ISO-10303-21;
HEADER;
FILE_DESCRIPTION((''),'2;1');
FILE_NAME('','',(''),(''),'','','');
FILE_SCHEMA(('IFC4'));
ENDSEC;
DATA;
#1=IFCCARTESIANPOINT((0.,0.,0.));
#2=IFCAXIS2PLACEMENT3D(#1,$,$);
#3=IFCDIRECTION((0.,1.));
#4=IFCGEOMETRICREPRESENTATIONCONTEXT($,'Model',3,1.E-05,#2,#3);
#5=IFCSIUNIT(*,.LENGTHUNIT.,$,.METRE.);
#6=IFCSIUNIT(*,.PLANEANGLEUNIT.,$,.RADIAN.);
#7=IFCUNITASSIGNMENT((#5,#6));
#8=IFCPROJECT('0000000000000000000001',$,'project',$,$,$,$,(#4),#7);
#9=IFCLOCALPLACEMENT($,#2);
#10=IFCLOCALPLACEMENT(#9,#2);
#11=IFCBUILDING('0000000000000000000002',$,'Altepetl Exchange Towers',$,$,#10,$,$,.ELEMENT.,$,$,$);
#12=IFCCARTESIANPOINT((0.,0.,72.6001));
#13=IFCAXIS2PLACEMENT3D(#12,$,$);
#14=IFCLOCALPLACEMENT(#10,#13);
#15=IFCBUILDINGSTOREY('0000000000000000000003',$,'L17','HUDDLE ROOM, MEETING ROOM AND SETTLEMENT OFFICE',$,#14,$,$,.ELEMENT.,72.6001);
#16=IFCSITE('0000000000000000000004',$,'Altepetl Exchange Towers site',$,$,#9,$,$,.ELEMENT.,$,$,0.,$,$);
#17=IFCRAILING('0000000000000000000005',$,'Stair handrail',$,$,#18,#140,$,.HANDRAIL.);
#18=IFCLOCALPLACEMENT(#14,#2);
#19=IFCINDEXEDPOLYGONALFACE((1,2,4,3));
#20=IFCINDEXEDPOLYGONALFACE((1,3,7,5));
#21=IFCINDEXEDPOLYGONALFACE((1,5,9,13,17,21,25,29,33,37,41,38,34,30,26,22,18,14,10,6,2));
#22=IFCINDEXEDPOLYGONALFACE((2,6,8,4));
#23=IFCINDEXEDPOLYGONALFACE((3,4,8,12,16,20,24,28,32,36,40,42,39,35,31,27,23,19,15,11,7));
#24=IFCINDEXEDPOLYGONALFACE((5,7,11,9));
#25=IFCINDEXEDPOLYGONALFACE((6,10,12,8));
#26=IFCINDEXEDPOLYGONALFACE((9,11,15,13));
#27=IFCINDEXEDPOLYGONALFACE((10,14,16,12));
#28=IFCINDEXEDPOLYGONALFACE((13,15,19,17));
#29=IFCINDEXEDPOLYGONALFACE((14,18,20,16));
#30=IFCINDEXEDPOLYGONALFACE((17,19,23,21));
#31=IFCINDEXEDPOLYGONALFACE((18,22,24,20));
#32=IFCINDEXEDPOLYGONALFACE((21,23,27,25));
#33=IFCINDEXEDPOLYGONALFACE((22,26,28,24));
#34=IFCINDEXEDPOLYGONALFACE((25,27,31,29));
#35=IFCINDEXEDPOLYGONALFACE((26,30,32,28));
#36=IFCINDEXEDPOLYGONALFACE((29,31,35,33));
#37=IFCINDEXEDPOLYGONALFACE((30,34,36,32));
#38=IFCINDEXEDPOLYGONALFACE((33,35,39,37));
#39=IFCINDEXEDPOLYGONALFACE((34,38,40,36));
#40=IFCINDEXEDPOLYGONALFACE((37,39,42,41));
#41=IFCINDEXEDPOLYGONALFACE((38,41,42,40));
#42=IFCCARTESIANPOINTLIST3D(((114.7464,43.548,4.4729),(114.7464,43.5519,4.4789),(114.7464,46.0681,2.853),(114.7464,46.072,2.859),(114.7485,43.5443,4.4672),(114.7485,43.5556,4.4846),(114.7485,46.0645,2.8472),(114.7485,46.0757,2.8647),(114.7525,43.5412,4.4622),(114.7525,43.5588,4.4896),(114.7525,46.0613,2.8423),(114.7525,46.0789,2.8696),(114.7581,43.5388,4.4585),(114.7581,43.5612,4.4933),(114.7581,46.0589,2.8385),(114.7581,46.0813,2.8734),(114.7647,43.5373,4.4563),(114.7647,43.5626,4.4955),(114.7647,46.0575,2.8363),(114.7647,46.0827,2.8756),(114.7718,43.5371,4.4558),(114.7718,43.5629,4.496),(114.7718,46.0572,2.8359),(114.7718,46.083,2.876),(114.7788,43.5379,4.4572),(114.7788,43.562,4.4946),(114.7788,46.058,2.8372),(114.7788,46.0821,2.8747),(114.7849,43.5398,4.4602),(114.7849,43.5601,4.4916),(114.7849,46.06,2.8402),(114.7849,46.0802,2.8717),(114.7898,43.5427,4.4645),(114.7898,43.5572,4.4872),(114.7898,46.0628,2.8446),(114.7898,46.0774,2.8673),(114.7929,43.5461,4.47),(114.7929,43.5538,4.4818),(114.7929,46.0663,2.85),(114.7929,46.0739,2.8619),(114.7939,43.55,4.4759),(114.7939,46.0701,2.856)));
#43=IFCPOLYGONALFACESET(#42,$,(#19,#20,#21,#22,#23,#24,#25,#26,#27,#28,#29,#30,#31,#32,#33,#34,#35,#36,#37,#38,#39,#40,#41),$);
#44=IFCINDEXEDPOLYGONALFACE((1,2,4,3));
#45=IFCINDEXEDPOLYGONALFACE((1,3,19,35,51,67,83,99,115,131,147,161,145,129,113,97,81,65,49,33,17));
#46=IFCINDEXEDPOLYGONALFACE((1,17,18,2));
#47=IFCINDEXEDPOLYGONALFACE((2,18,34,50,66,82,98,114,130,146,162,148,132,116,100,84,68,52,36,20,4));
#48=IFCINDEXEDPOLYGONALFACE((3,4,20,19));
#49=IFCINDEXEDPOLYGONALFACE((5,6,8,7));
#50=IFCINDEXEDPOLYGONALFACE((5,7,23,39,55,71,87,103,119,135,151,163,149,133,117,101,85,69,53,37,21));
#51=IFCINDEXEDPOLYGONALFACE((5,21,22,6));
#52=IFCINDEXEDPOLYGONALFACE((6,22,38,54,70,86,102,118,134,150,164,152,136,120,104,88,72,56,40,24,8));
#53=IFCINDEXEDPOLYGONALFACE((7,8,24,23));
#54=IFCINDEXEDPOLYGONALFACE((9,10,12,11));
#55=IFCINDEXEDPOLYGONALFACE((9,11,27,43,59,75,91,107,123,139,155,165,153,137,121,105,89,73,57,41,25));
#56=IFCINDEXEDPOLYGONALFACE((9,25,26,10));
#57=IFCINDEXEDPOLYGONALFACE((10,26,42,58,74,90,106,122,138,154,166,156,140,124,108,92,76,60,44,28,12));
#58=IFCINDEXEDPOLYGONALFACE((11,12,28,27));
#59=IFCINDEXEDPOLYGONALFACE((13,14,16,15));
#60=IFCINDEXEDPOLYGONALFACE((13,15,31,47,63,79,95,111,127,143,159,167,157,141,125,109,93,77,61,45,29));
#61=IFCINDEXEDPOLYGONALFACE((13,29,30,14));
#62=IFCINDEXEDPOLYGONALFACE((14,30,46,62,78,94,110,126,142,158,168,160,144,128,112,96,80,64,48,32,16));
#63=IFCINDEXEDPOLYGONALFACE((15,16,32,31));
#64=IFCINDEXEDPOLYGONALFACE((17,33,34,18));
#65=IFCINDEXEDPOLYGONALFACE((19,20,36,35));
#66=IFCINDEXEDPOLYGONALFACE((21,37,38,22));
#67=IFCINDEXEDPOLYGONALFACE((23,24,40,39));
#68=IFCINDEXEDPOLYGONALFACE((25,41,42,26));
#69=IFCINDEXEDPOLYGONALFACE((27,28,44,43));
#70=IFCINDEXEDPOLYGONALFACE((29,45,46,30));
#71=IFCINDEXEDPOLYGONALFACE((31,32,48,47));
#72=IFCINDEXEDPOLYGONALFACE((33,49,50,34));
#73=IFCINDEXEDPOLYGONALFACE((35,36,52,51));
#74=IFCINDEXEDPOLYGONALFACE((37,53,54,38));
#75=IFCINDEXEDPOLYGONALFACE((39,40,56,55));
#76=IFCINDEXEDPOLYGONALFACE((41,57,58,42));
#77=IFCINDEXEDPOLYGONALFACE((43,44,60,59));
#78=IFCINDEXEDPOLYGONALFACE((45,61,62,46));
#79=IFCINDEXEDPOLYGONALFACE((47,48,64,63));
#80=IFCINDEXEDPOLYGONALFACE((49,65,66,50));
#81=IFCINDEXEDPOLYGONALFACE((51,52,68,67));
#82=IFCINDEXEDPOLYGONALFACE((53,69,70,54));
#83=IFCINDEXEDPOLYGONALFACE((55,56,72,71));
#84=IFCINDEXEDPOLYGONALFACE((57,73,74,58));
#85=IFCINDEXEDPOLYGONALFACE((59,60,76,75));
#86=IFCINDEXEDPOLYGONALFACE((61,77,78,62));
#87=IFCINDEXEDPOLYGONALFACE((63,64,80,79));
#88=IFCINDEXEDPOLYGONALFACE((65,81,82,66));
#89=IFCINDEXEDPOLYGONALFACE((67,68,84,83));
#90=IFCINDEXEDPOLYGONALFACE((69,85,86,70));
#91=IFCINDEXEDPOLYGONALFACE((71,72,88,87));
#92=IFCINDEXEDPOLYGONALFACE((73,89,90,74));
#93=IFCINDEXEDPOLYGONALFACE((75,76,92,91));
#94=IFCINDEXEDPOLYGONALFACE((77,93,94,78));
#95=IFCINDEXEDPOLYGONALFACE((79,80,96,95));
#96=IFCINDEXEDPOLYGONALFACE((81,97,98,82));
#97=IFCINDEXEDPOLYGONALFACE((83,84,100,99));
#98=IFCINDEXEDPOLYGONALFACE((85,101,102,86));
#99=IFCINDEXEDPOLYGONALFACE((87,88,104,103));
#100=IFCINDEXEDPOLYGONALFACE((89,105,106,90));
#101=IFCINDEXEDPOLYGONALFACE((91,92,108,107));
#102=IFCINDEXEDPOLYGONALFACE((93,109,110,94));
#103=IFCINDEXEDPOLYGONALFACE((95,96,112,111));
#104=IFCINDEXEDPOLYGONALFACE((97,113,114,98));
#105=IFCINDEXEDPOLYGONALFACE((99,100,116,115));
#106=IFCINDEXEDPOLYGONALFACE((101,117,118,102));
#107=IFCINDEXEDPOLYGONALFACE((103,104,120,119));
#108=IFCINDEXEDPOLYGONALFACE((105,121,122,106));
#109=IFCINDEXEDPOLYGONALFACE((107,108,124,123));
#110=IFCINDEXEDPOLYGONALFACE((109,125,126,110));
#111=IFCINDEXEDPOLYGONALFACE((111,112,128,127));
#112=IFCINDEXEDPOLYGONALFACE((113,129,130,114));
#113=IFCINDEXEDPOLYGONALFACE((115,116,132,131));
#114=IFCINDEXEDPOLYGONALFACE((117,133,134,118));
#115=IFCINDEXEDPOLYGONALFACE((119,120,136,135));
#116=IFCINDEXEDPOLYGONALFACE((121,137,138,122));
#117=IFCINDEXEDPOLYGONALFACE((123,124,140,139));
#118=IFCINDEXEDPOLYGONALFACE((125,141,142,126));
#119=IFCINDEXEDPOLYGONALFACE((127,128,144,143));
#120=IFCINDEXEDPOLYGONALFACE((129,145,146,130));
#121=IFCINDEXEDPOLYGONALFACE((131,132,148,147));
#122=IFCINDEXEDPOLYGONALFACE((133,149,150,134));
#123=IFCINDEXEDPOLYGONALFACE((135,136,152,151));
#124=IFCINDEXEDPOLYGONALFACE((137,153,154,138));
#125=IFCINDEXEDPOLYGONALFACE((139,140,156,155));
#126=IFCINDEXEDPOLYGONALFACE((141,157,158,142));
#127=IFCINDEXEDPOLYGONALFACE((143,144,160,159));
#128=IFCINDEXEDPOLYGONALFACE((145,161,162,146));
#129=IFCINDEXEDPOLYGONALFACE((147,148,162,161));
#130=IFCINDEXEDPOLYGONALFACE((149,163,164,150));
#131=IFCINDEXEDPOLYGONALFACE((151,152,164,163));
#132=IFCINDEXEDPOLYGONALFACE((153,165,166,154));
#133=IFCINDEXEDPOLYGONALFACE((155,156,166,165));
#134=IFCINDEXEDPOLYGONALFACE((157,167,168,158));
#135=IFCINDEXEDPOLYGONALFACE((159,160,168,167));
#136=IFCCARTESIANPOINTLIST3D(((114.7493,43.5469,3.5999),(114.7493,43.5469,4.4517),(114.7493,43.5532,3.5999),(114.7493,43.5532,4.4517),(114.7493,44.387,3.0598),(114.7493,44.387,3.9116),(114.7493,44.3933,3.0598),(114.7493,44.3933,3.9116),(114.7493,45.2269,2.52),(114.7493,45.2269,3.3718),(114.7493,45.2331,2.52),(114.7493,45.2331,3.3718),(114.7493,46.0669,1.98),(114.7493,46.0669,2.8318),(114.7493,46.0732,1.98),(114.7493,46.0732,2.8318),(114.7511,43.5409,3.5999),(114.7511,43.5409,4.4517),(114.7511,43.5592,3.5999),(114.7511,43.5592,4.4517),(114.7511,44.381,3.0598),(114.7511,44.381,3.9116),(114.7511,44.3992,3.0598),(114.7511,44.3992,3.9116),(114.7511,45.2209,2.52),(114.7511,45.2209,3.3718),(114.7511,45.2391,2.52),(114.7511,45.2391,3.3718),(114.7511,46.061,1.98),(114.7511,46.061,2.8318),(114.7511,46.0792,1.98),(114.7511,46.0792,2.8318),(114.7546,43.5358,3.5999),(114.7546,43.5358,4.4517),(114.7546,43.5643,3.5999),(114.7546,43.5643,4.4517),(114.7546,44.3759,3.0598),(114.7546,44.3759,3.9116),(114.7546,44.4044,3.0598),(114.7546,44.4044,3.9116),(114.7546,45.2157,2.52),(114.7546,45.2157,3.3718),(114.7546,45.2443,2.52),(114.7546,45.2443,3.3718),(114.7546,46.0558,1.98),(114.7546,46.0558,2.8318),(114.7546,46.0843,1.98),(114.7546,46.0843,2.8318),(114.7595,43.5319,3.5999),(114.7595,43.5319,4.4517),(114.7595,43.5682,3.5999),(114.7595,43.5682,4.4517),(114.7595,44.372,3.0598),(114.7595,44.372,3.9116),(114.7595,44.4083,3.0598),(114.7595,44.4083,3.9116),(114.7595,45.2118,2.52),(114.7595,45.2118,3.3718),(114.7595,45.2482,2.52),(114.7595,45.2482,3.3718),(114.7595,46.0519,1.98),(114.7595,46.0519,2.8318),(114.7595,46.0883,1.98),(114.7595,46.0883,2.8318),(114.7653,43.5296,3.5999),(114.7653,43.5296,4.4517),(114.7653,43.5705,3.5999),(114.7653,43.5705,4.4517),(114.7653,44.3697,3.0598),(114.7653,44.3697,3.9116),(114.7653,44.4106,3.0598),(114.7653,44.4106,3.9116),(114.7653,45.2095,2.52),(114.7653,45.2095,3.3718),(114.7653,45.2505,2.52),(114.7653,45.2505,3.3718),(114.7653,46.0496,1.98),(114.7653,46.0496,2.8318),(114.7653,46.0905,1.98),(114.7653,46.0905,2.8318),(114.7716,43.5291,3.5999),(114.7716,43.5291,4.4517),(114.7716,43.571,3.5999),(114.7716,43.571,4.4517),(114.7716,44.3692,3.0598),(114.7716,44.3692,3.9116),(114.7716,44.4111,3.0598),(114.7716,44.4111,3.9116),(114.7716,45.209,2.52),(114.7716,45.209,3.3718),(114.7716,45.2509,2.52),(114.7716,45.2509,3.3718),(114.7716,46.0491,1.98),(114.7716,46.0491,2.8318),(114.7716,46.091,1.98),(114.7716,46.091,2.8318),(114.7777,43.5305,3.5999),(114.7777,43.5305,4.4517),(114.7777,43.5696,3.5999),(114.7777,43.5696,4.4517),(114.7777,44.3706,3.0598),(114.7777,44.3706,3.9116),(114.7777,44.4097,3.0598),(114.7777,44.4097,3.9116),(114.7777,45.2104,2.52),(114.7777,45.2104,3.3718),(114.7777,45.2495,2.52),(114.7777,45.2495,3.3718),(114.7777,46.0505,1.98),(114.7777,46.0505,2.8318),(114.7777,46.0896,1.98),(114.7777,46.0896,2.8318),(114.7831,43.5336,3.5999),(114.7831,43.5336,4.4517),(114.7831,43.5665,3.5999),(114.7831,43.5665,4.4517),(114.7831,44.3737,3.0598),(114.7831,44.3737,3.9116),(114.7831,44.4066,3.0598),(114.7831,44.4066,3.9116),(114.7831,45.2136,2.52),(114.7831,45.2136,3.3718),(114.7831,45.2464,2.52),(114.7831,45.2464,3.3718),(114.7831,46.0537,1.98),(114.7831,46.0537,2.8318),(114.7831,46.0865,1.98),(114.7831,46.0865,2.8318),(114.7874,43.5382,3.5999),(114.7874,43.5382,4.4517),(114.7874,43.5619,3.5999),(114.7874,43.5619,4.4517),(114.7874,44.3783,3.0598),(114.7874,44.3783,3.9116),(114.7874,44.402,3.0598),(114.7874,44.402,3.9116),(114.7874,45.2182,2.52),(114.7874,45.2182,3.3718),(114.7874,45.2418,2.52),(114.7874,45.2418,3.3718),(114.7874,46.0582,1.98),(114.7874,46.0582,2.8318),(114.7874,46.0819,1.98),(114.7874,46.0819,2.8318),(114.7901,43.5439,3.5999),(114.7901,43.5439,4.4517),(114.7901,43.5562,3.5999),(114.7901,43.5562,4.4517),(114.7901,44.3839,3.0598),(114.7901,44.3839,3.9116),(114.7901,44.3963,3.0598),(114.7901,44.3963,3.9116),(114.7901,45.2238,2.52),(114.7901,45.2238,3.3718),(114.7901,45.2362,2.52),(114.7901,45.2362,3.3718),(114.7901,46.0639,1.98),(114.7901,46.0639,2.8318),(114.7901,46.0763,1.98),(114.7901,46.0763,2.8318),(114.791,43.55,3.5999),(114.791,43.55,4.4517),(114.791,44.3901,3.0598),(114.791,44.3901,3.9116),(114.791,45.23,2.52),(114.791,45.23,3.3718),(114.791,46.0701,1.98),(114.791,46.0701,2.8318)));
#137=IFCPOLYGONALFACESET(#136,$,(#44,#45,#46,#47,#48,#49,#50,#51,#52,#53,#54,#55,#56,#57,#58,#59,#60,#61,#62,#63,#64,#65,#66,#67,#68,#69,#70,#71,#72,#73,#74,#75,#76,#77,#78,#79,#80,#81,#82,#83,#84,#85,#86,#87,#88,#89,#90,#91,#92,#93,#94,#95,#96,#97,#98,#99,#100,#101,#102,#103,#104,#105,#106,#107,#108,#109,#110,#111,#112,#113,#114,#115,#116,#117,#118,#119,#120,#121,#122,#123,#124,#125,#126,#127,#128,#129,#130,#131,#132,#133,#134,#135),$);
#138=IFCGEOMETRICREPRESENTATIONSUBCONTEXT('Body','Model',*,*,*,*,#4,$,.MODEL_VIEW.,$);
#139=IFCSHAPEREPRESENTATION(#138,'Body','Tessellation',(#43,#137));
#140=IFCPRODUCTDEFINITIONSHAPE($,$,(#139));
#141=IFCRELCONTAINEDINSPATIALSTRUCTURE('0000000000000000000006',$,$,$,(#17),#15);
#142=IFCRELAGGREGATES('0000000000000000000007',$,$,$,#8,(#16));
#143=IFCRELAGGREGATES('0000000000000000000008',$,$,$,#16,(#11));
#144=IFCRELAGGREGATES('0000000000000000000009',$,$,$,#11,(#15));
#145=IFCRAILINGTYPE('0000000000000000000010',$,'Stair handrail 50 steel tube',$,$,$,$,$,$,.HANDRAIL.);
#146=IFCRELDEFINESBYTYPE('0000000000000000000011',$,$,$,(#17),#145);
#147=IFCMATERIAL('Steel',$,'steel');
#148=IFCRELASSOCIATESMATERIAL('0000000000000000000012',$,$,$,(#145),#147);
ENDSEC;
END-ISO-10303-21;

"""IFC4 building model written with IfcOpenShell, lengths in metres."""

from ifc_helpers import new_model, si_unit, direction, frame, origin, origin_2d, place, context, subcontext, project, spatial, circle, extrude, source, transform, mapped, material, type_object, element, save


model = new_model("IFC4")

# Units and contexts
model_context = context("Model", 3, precision=1e-05, world=origin(), true_north=direction((0.0, 1.0)))
body_context = subcontext(model_context, "Body", "Model", "MODEL_VIEW")
ifc_project = project(units=[si_unit("LENGTHUNIT", "METRE"), si_unit("PLANEANGLEUNIT", "RADIAN")], contexts=[model_context])

# Site, building, storey
site_placement = place(None, origin())
site = spatial("IfcSite", under=ifc_project, at=site_placement, Name="Altepetl Exchange Towers site", CompositionType="ELEMENT", RefElevation=0.0)
building_placement = place(site_placement, origin())
building = spatial("IfcBuilding", under=site, at=building_placement, Name="Altepetl Exchange Towers", CompositionType="ELEMENT")
storey_placement = place(building_placement, frame((0.0, 0.0, 72.6001)))
storey = spatial("IfcBuildingStorey", under=building, at=storey_placement, Name="L17", Description="HUDDLE ROOM, MEETING ROOM AND SETTLEMENT OFFICE", CompositionType="ELEMENT", Elevation=72.6001)

# Railing
ifc_material_1 = material(Name="Steel", Category="steel")
railing_type = type_object("IfcRailingType", Name="Stair handrail 50 steel tube", PredefinedType="HANDRAIL", material=ifc_material_1)
shared_shape = source(origin(), body_context, "Body", "SweptSolid", [
    extrude(circle(Radius=0.021, at=origin_2d()), origin(), (0.0, 0.0, 1.0), 0.8518),
])
railing_1_placement = place(storey_placement, frame((114.77, 46.0701, 1.98)))
element("IfcRailing", 1, at=railing_1_placement, inside=storey, type_object=railing_type, Name="Stair handrail", PredefinedType="HANDRAIL", context=body_context, shape_type="SweptSolid", body=[
    extrude(circle(Radius=0.0239, at=origin_2d()), frame((0.0, 0.0, 0.876), z_axis=(0.0, -0.8412, 0.540725), x_axis=(1.0, 0.0, 0.0)), (0.0, 0.0, 1.0), 2.9958),
    mapped(shared_shape, transform((0.0, 0.0, 0.0))),
    mapped(shared_shape, transform((0.0, -0.8401, 0.54))),
    mapped(shared_shape, transform((0.0, -1.6799, 1.0798))),
    mapped(shared_shape, transform((0.0, -2.52, 1.6199))),
])

save(model, "model.ifc")
